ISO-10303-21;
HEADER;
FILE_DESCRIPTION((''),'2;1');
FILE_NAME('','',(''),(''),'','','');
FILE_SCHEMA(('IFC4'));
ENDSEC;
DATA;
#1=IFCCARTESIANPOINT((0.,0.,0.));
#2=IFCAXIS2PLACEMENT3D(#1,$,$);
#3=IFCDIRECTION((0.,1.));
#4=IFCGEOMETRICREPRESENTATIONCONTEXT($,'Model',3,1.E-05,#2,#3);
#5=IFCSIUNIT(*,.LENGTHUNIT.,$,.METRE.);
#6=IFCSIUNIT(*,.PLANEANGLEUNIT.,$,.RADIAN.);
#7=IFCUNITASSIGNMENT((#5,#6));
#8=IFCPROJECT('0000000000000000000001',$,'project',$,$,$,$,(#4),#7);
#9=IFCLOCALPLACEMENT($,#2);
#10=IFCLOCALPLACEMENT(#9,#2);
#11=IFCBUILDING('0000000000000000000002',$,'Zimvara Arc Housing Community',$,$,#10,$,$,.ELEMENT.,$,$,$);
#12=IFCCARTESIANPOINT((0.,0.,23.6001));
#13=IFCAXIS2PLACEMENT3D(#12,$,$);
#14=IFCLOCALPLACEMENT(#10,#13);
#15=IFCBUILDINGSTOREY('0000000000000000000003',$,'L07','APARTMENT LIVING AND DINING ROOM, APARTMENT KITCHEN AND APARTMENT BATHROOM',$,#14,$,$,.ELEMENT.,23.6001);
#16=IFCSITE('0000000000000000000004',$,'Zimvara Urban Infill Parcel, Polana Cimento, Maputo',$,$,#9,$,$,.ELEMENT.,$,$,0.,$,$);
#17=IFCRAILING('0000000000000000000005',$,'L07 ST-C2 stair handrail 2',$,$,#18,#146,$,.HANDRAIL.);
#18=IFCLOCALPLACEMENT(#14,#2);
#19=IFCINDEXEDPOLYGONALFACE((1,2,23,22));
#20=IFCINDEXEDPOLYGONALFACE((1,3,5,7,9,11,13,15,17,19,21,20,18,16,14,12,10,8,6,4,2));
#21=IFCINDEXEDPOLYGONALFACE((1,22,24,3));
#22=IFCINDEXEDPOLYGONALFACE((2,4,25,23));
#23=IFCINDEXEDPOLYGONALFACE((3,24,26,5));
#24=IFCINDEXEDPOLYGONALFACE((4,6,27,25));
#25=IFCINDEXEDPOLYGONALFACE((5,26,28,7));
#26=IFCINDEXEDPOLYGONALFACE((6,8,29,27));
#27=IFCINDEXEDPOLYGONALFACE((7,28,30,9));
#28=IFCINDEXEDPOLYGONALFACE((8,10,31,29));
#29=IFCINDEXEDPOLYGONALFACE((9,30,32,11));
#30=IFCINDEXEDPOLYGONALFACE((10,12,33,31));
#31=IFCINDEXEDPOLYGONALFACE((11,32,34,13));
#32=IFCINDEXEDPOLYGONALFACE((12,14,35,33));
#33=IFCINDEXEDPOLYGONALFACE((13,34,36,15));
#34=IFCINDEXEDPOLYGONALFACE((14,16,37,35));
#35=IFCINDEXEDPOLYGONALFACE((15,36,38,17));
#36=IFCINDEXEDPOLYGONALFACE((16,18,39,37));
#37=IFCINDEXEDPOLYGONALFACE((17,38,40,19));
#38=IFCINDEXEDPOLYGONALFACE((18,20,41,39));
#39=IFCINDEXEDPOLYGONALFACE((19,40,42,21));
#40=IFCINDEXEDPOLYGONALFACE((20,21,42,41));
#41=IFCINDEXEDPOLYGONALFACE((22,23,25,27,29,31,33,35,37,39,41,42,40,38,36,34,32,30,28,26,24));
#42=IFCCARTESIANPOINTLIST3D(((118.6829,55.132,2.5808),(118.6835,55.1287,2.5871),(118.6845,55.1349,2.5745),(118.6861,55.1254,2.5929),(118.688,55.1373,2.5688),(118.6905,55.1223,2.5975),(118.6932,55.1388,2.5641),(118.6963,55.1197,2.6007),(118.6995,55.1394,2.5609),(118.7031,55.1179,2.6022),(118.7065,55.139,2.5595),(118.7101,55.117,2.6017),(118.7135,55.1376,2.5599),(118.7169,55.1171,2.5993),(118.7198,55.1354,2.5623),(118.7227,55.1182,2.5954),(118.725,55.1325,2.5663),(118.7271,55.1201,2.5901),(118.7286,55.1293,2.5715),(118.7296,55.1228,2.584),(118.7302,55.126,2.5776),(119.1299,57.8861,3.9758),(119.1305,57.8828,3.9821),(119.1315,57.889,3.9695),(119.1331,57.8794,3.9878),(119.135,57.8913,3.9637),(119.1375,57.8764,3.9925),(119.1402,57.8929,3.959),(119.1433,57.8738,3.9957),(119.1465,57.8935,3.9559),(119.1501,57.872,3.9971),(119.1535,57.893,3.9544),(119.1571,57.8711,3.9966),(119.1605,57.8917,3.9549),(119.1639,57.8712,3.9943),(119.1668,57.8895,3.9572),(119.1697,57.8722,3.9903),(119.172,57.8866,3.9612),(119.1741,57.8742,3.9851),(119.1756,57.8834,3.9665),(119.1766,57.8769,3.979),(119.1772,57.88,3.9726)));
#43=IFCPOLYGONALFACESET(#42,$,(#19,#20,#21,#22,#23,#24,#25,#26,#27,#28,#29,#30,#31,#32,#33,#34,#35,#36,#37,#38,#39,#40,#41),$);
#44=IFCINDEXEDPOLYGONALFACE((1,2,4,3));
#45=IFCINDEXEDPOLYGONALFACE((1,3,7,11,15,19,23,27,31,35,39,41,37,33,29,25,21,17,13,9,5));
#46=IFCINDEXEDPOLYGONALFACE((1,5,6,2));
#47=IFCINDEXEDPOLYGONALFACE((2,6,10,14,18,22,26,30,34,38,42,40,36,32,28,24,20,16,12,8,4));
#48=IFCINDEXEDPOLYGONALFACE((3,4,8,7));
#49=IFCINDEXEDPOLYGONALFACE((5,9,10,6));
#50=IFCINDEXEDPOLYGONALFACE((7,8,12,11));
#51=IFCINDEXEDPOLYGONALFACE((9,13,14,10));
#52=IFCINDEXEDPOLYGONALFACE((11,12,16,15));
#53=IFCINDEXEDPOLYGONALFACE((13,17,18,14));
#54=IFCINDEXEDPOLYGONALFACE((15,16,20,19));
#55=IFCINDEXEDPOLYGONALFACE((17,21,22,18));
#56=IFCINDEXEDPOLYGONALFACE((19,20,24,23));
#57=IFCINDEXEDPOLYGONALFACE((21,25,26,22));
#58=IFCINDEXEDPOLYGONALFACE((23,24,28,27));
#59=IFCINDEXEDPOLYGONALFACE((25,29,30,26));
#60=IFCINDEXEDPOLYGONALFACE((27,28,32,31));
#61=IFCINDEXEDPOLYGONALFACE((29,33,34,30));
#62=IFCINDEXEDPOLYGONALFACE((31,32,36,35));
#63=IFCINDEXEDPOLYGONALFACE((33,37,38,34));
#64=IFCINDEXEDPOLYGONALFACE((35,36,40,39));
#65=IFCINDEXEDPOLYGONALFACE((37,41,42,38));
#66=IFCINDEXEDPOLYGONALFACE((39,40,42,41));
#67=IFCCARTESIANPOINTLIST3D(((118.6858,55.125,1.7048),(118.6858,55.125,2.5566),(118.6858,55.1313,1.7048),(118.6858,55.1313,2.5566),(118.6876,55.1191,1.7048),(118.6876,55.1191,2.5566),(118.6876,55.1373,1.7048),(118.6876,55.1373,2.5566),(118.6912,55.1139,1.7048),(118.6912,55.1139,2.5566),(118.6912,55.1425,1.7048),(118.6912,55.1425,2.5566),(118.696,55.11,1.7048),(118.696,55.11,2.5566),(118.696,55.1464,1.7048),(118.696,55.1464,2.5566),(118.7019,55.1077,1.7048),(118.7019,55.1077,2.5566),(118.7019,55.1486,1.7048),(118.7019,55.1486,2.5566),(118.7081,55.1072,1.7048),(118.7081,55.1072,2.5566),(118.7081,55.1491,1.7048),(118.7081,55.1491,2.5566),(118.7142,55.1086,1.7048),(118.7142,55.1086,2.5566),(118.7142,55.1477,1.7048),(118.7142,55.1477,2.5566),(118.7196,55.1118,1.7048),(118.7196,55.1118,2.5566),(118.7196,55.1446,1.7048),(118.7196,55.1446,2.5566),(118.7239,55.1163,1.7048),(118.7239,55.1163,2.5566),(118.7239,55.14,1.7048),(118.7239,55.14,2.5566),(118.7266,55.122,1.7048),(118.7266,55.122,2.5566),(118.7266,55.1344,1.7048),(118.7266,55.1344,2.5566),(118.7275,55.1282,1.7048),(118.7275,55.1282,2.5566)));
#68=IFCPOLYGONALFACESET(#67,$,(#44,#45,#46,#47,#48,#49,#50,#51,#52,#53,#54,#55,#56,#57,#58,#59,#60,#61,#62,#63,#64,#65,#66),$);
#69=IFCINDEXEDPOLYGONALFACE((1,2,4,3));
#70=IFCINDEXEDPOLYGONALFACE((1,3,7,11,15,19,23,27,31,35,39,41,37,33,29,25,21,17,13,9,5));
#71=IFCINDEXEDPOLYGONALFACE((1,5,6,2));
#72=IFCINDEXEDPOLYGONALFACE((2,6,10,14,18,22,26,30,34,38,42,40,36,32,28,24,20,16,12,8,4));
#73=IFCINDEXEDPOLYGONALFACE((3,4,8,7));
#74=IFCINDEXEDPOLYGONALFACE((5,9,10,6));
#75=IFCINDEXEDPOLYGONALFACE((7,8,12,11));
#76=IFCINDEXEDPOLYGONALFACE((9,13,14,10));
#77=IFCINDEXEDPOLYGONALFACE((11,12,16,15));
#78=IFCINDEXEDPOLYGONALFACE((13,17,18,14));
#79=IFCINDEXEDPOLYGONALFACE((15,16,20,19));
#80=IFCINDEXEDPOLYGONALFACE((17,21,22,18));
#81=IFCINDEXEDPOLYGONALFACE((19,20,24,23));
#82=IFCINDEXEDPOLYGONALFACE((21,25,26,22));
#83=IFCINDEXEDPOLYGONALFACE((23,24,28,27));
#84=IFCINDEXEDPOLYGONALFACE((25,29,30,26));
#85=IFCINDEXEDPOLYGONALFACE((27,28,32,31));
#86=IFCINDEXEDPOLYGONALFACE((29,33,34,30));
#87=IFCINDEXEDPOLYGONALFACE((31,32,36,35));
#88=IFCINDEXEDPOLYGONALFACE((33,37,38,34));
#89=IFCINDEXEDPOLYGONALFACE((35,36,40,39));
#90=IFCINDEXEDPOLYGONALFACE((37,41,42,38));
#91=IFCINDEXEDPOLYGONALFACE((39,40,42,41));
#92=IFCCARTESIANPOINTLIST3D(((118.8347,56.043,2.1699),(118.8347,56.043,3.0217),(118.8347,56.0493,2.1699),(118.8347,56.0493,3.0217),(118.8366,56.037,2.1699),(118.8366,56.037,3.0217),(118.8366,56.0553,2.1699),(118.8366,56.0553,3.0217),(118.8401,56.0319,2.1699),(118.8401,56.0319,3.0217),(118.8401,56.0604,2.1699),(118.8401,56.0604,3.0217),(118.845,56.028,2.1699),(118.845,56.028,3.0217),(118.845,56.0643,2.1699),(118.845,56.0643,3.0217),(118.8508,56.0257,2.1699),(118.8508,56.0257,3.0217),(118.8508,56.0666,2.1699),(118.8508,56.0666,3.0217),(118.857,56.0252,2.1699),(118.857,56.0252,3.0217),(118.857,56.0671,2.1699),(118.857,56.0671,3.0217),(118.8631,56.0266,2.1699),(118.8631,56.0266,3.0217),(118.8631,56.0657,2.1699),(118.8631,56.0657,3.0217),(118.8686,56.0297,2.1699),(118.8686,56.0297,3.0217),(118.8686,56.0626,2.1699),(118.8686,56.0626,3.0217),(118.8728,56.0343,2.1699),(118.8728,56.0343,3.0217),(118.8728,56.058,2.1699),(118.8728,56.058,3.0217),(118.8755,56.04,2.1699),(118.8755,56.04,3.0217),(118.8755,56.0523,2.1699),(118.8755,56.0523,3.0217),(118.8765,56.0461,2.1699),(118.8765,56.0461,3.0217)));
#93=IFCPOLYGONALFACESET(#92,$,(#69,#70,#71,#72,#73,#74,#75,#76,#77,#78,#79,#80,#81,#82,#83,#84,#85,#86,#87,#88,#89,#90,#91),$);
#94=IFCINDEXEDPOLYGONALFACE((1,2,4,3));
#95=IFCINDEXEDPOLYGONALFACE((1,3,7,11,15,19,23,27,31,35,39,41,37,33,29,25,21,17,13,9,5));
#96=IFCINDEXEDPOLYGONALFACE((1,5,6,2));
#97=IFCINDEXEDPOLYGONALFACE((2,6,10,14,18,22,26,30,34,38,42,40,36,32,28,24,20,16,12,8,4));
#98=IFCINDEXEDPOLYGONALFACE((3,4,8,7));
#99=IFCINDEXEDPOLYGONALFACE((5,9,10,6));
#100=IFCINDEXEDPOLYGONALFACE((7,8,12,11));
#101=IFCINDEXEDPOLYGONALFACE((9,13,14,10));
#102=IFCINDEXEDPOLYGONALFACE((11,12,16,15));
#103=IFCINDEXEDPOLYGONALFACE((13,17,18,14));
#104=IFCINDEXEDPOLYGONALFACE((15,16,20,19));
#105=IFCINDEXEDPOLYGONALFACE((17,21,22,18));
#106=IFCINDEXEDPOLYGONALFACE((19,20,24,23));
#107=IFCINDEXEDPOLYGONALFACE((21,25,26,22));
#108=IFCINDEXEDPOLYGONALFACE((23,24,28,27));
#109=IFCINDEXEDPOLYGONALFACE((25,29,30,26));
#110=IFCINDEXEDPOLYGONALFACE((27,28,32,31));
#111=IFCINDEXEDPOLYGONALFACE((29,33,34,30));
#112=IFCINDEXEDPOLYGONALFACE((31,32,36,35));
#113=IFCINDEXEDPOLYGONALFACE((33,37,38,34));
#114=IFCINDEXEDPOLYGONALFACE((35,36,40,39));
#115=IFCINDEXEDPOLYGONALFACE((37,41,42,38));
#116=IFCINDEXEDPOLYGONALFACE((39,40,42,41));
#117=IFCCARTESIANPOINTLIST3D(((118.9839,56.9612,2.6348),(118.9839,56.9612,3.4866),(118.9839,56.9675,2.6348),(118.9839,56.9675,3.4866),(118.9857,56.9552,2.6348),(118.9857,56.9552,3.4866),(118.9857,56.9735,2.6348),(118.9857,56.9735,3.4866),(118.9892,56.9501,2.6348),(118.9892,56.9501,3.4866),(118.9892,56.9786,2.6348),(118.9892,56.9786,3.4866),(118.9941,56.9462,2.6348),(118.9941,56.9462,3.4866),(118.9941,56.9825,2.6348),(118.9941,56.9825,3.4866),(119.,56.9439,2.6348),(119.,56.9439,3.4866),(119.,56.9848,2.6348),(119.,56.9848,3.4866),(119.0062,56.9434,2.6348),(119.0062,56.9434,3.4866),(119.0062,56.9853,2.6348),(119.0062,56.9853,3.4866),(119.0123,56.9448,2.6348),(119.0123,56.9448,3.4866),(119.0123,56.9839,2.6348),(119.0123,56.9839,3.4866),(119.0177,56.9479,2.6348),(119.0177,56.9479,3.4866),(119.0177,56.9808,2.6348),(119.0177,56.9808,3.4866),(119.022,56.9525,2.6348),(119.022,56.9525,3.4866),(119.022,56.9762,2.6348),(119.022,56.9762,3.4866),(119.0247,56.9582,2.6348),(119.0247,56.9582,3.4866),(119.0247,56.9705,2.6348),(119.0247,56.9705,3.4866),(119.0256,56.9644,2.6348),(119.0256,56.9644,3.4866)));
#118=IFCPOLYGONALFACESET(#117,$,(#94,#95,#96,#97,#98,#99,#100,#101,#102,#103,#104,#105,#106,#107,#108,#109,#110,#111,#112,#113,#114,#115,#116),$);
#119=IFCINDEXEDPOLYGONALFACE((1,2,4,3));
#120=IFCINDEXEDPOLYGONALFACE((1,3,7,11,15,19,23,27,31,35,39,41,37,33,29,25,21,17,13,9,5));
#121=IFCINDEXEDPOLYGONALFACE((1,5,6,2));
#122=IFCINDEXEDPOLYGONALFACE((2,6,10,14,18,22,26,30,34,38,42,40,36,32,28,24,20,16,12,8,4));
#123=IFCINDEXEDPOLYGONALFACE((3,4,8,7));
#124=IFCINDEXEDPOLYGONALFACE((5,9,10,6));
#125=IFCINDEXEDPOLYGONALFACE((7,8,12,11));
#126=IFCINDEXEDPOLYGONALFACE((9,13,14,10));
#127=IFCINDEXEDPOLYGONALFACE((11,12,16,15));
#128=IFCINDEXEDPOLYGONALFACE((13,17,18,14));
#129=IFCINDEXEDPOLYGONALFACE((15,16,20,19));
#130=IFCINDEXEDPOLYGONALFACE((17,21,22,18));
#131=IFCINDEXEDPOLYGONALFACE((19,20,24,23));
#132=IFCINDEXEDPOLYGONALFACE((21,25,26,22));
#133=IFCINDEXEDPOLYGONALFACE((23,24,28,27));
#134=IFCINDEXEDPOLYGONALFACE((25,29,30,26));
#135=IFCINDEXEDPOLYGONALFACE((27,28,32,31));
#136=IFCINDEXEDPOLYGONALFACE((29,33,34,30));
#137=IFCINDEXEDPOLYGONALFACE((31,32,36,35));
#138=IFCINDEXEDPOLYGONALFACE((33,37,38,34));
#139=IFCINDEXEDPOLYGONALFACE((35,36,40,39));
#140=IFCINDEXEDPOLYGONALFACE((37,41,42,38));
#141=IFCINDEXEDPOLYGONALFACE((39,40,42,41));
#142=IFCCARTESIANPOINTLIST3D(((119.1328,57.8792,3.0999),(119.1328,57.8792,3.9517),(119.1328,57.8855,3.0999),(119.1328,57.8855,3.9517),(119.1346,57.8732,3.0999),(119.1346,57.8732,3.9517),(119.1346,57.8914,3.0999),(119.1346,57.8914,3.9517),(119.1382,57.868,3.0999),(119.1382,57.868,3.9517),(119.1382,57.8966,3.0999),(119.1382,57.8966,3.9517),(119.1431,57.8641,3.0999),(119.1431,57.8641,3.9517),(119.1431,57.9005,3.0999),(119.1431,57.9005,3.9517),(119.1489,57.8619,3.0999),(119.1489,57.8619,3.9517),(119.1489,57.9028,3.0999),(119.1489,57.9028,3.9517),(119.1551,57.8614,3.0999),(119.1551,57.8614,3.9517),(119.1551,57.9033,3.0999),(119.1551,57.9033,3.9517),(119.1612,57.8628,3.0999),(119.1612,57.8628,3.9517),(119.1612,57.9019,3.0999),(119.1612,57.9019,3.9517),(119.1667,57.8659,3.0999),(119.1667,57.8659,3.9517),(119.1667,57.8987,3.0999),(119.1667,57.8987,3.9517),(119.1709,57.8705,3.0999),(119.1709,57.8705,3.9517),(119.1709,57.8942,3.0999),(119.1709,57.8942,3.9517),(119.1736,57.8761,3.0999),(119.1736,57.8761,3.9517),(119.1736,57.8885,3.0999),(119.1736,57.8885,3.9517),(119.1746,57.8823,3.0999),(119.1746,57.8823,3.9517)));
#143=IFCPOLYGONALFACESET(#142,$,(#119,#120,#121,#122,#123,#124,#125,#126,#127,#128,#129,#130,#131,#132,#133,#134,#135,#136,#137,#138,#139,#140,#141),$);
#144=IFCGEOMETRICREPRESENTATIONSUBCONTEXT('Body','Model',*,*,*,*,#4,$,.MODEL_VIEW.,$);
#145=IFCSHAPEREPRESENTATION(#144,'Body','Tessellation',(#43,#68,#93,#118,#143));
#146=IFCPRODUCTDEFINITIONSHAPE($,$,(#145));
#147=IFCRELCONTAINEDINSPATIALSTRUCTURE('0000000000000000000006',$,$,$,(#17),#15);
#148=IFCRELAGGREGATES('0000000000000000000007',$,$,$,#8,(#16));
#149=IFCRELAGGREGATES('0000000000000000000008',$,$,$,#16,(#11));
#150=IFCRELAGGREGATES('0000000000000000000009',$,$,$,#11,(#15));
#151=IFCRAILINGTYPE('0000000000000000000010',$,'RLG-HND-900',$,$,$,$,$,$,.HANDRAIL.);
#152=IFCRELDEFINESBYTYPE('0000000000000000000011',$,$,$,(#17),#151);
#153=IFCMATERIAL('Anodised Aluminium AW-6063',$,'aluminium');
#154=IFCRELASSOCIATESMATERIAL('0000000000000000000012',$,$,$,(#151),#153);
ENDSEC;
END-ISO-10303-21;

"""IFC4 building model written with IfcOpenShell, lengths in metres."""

from ifc_helpers import new_model, si_unit, direction, frame, origin, origin_2d, place, context, subcontext, project, spatial, circle, extrude, material, type_object, element, save


model = new_model("IFC4")

# Units and contexts
model_context = context("Model", 3, precision=1e-05, world=origin(), true_north=direction((0.0, 1.0)))
body_context = subcontext(model_context, "Body", "Model", "MODEL_VIEW")
ifc_project = project(units=[si_unit("LENGTHUNIT", "METRE"), si_unit("PLANEANGLEUNIT", "RADIAN")], contexts=[model_context])

# Site, building, storey
site_placement = place(None, origin())
site = spatial("IfcSite", under=ifc_project, at=site_placement, Name="Zimvara Urban Infill Parcel, Polana Cimento, Maputo", CompositionType="ELEMENT", RefElevation=0.0)
building_placement = place(site_placement, origin())
building = spatial("IfcBuilding", under=site, at=building_placement, Name="Zimvara Arc Housing Community", CompositionType="ELEMENT")
storey_placement = place(building_placement, frame((0.0, 0.0, 23.6001)))
storey = spatial("IfcBuildingStorey", under=building, at=storey_placement, Name="L07", Description="APARTMENT LIVING AND DINING ROOM, APARTMENT KITCHEN AND APARTMENT BATHROOM", CompositionType="ELEMENT", Elevation=23.6001)

# Railing
ifc_material_1 = material(Name="Anodised Aluminium AW-6063", Category="aluminium")
railing_type_1 = type_object("IfcRailingType", Name="RLG-HND-900", PredefinedType="HANDRAIL", material=ifc_material_1)
railing_1_placement = place(storey_placement, frame((118.7065, 55.1282, 1.7048)))
element("IfcRailing", 1, at=railing_1_placement, inside=storey, type_object=railing_type_1, Name="L07 ST-C2 stair handrail 2", PredefinedType="HANDRAIL", context=body_context, shape_type="SweptSolid", body=[
    extrude(circle(Radius=0.0239, at=origin_2d()), frame((0.0, 0.0, 0.876), z_axis=(0.143299, 0.882883, 0.447194), x_axis=(-0.987083, 0.160212, 0.0)), (0.0, 0.0, 1.0), 3.1194),
    extrude(circle(Radius=0.021, at=origin_2d()), origin(), (0.0, 0.0, 1.0), 0.8518),
    extrude(circle(Radius=0.021, at=origin_2d()), frame((0.1489, 0.918, 0.4651)), (0.0, 0.0, 1.0), 0.8518),
    extrude(circle(Radius=0.021, at=origin_2d()), frame((0.2981, 1.8362, 0.9299)), (0.0, 0.0, 1.0), 0.8518),
    extrude(circle(Radius=0.021, at=origin_2d()), frame((0.447, 2.7542, 1.395)), (0.0, 0.0, 1.0), 0.8518),
])

save(model, "model.ifc")
